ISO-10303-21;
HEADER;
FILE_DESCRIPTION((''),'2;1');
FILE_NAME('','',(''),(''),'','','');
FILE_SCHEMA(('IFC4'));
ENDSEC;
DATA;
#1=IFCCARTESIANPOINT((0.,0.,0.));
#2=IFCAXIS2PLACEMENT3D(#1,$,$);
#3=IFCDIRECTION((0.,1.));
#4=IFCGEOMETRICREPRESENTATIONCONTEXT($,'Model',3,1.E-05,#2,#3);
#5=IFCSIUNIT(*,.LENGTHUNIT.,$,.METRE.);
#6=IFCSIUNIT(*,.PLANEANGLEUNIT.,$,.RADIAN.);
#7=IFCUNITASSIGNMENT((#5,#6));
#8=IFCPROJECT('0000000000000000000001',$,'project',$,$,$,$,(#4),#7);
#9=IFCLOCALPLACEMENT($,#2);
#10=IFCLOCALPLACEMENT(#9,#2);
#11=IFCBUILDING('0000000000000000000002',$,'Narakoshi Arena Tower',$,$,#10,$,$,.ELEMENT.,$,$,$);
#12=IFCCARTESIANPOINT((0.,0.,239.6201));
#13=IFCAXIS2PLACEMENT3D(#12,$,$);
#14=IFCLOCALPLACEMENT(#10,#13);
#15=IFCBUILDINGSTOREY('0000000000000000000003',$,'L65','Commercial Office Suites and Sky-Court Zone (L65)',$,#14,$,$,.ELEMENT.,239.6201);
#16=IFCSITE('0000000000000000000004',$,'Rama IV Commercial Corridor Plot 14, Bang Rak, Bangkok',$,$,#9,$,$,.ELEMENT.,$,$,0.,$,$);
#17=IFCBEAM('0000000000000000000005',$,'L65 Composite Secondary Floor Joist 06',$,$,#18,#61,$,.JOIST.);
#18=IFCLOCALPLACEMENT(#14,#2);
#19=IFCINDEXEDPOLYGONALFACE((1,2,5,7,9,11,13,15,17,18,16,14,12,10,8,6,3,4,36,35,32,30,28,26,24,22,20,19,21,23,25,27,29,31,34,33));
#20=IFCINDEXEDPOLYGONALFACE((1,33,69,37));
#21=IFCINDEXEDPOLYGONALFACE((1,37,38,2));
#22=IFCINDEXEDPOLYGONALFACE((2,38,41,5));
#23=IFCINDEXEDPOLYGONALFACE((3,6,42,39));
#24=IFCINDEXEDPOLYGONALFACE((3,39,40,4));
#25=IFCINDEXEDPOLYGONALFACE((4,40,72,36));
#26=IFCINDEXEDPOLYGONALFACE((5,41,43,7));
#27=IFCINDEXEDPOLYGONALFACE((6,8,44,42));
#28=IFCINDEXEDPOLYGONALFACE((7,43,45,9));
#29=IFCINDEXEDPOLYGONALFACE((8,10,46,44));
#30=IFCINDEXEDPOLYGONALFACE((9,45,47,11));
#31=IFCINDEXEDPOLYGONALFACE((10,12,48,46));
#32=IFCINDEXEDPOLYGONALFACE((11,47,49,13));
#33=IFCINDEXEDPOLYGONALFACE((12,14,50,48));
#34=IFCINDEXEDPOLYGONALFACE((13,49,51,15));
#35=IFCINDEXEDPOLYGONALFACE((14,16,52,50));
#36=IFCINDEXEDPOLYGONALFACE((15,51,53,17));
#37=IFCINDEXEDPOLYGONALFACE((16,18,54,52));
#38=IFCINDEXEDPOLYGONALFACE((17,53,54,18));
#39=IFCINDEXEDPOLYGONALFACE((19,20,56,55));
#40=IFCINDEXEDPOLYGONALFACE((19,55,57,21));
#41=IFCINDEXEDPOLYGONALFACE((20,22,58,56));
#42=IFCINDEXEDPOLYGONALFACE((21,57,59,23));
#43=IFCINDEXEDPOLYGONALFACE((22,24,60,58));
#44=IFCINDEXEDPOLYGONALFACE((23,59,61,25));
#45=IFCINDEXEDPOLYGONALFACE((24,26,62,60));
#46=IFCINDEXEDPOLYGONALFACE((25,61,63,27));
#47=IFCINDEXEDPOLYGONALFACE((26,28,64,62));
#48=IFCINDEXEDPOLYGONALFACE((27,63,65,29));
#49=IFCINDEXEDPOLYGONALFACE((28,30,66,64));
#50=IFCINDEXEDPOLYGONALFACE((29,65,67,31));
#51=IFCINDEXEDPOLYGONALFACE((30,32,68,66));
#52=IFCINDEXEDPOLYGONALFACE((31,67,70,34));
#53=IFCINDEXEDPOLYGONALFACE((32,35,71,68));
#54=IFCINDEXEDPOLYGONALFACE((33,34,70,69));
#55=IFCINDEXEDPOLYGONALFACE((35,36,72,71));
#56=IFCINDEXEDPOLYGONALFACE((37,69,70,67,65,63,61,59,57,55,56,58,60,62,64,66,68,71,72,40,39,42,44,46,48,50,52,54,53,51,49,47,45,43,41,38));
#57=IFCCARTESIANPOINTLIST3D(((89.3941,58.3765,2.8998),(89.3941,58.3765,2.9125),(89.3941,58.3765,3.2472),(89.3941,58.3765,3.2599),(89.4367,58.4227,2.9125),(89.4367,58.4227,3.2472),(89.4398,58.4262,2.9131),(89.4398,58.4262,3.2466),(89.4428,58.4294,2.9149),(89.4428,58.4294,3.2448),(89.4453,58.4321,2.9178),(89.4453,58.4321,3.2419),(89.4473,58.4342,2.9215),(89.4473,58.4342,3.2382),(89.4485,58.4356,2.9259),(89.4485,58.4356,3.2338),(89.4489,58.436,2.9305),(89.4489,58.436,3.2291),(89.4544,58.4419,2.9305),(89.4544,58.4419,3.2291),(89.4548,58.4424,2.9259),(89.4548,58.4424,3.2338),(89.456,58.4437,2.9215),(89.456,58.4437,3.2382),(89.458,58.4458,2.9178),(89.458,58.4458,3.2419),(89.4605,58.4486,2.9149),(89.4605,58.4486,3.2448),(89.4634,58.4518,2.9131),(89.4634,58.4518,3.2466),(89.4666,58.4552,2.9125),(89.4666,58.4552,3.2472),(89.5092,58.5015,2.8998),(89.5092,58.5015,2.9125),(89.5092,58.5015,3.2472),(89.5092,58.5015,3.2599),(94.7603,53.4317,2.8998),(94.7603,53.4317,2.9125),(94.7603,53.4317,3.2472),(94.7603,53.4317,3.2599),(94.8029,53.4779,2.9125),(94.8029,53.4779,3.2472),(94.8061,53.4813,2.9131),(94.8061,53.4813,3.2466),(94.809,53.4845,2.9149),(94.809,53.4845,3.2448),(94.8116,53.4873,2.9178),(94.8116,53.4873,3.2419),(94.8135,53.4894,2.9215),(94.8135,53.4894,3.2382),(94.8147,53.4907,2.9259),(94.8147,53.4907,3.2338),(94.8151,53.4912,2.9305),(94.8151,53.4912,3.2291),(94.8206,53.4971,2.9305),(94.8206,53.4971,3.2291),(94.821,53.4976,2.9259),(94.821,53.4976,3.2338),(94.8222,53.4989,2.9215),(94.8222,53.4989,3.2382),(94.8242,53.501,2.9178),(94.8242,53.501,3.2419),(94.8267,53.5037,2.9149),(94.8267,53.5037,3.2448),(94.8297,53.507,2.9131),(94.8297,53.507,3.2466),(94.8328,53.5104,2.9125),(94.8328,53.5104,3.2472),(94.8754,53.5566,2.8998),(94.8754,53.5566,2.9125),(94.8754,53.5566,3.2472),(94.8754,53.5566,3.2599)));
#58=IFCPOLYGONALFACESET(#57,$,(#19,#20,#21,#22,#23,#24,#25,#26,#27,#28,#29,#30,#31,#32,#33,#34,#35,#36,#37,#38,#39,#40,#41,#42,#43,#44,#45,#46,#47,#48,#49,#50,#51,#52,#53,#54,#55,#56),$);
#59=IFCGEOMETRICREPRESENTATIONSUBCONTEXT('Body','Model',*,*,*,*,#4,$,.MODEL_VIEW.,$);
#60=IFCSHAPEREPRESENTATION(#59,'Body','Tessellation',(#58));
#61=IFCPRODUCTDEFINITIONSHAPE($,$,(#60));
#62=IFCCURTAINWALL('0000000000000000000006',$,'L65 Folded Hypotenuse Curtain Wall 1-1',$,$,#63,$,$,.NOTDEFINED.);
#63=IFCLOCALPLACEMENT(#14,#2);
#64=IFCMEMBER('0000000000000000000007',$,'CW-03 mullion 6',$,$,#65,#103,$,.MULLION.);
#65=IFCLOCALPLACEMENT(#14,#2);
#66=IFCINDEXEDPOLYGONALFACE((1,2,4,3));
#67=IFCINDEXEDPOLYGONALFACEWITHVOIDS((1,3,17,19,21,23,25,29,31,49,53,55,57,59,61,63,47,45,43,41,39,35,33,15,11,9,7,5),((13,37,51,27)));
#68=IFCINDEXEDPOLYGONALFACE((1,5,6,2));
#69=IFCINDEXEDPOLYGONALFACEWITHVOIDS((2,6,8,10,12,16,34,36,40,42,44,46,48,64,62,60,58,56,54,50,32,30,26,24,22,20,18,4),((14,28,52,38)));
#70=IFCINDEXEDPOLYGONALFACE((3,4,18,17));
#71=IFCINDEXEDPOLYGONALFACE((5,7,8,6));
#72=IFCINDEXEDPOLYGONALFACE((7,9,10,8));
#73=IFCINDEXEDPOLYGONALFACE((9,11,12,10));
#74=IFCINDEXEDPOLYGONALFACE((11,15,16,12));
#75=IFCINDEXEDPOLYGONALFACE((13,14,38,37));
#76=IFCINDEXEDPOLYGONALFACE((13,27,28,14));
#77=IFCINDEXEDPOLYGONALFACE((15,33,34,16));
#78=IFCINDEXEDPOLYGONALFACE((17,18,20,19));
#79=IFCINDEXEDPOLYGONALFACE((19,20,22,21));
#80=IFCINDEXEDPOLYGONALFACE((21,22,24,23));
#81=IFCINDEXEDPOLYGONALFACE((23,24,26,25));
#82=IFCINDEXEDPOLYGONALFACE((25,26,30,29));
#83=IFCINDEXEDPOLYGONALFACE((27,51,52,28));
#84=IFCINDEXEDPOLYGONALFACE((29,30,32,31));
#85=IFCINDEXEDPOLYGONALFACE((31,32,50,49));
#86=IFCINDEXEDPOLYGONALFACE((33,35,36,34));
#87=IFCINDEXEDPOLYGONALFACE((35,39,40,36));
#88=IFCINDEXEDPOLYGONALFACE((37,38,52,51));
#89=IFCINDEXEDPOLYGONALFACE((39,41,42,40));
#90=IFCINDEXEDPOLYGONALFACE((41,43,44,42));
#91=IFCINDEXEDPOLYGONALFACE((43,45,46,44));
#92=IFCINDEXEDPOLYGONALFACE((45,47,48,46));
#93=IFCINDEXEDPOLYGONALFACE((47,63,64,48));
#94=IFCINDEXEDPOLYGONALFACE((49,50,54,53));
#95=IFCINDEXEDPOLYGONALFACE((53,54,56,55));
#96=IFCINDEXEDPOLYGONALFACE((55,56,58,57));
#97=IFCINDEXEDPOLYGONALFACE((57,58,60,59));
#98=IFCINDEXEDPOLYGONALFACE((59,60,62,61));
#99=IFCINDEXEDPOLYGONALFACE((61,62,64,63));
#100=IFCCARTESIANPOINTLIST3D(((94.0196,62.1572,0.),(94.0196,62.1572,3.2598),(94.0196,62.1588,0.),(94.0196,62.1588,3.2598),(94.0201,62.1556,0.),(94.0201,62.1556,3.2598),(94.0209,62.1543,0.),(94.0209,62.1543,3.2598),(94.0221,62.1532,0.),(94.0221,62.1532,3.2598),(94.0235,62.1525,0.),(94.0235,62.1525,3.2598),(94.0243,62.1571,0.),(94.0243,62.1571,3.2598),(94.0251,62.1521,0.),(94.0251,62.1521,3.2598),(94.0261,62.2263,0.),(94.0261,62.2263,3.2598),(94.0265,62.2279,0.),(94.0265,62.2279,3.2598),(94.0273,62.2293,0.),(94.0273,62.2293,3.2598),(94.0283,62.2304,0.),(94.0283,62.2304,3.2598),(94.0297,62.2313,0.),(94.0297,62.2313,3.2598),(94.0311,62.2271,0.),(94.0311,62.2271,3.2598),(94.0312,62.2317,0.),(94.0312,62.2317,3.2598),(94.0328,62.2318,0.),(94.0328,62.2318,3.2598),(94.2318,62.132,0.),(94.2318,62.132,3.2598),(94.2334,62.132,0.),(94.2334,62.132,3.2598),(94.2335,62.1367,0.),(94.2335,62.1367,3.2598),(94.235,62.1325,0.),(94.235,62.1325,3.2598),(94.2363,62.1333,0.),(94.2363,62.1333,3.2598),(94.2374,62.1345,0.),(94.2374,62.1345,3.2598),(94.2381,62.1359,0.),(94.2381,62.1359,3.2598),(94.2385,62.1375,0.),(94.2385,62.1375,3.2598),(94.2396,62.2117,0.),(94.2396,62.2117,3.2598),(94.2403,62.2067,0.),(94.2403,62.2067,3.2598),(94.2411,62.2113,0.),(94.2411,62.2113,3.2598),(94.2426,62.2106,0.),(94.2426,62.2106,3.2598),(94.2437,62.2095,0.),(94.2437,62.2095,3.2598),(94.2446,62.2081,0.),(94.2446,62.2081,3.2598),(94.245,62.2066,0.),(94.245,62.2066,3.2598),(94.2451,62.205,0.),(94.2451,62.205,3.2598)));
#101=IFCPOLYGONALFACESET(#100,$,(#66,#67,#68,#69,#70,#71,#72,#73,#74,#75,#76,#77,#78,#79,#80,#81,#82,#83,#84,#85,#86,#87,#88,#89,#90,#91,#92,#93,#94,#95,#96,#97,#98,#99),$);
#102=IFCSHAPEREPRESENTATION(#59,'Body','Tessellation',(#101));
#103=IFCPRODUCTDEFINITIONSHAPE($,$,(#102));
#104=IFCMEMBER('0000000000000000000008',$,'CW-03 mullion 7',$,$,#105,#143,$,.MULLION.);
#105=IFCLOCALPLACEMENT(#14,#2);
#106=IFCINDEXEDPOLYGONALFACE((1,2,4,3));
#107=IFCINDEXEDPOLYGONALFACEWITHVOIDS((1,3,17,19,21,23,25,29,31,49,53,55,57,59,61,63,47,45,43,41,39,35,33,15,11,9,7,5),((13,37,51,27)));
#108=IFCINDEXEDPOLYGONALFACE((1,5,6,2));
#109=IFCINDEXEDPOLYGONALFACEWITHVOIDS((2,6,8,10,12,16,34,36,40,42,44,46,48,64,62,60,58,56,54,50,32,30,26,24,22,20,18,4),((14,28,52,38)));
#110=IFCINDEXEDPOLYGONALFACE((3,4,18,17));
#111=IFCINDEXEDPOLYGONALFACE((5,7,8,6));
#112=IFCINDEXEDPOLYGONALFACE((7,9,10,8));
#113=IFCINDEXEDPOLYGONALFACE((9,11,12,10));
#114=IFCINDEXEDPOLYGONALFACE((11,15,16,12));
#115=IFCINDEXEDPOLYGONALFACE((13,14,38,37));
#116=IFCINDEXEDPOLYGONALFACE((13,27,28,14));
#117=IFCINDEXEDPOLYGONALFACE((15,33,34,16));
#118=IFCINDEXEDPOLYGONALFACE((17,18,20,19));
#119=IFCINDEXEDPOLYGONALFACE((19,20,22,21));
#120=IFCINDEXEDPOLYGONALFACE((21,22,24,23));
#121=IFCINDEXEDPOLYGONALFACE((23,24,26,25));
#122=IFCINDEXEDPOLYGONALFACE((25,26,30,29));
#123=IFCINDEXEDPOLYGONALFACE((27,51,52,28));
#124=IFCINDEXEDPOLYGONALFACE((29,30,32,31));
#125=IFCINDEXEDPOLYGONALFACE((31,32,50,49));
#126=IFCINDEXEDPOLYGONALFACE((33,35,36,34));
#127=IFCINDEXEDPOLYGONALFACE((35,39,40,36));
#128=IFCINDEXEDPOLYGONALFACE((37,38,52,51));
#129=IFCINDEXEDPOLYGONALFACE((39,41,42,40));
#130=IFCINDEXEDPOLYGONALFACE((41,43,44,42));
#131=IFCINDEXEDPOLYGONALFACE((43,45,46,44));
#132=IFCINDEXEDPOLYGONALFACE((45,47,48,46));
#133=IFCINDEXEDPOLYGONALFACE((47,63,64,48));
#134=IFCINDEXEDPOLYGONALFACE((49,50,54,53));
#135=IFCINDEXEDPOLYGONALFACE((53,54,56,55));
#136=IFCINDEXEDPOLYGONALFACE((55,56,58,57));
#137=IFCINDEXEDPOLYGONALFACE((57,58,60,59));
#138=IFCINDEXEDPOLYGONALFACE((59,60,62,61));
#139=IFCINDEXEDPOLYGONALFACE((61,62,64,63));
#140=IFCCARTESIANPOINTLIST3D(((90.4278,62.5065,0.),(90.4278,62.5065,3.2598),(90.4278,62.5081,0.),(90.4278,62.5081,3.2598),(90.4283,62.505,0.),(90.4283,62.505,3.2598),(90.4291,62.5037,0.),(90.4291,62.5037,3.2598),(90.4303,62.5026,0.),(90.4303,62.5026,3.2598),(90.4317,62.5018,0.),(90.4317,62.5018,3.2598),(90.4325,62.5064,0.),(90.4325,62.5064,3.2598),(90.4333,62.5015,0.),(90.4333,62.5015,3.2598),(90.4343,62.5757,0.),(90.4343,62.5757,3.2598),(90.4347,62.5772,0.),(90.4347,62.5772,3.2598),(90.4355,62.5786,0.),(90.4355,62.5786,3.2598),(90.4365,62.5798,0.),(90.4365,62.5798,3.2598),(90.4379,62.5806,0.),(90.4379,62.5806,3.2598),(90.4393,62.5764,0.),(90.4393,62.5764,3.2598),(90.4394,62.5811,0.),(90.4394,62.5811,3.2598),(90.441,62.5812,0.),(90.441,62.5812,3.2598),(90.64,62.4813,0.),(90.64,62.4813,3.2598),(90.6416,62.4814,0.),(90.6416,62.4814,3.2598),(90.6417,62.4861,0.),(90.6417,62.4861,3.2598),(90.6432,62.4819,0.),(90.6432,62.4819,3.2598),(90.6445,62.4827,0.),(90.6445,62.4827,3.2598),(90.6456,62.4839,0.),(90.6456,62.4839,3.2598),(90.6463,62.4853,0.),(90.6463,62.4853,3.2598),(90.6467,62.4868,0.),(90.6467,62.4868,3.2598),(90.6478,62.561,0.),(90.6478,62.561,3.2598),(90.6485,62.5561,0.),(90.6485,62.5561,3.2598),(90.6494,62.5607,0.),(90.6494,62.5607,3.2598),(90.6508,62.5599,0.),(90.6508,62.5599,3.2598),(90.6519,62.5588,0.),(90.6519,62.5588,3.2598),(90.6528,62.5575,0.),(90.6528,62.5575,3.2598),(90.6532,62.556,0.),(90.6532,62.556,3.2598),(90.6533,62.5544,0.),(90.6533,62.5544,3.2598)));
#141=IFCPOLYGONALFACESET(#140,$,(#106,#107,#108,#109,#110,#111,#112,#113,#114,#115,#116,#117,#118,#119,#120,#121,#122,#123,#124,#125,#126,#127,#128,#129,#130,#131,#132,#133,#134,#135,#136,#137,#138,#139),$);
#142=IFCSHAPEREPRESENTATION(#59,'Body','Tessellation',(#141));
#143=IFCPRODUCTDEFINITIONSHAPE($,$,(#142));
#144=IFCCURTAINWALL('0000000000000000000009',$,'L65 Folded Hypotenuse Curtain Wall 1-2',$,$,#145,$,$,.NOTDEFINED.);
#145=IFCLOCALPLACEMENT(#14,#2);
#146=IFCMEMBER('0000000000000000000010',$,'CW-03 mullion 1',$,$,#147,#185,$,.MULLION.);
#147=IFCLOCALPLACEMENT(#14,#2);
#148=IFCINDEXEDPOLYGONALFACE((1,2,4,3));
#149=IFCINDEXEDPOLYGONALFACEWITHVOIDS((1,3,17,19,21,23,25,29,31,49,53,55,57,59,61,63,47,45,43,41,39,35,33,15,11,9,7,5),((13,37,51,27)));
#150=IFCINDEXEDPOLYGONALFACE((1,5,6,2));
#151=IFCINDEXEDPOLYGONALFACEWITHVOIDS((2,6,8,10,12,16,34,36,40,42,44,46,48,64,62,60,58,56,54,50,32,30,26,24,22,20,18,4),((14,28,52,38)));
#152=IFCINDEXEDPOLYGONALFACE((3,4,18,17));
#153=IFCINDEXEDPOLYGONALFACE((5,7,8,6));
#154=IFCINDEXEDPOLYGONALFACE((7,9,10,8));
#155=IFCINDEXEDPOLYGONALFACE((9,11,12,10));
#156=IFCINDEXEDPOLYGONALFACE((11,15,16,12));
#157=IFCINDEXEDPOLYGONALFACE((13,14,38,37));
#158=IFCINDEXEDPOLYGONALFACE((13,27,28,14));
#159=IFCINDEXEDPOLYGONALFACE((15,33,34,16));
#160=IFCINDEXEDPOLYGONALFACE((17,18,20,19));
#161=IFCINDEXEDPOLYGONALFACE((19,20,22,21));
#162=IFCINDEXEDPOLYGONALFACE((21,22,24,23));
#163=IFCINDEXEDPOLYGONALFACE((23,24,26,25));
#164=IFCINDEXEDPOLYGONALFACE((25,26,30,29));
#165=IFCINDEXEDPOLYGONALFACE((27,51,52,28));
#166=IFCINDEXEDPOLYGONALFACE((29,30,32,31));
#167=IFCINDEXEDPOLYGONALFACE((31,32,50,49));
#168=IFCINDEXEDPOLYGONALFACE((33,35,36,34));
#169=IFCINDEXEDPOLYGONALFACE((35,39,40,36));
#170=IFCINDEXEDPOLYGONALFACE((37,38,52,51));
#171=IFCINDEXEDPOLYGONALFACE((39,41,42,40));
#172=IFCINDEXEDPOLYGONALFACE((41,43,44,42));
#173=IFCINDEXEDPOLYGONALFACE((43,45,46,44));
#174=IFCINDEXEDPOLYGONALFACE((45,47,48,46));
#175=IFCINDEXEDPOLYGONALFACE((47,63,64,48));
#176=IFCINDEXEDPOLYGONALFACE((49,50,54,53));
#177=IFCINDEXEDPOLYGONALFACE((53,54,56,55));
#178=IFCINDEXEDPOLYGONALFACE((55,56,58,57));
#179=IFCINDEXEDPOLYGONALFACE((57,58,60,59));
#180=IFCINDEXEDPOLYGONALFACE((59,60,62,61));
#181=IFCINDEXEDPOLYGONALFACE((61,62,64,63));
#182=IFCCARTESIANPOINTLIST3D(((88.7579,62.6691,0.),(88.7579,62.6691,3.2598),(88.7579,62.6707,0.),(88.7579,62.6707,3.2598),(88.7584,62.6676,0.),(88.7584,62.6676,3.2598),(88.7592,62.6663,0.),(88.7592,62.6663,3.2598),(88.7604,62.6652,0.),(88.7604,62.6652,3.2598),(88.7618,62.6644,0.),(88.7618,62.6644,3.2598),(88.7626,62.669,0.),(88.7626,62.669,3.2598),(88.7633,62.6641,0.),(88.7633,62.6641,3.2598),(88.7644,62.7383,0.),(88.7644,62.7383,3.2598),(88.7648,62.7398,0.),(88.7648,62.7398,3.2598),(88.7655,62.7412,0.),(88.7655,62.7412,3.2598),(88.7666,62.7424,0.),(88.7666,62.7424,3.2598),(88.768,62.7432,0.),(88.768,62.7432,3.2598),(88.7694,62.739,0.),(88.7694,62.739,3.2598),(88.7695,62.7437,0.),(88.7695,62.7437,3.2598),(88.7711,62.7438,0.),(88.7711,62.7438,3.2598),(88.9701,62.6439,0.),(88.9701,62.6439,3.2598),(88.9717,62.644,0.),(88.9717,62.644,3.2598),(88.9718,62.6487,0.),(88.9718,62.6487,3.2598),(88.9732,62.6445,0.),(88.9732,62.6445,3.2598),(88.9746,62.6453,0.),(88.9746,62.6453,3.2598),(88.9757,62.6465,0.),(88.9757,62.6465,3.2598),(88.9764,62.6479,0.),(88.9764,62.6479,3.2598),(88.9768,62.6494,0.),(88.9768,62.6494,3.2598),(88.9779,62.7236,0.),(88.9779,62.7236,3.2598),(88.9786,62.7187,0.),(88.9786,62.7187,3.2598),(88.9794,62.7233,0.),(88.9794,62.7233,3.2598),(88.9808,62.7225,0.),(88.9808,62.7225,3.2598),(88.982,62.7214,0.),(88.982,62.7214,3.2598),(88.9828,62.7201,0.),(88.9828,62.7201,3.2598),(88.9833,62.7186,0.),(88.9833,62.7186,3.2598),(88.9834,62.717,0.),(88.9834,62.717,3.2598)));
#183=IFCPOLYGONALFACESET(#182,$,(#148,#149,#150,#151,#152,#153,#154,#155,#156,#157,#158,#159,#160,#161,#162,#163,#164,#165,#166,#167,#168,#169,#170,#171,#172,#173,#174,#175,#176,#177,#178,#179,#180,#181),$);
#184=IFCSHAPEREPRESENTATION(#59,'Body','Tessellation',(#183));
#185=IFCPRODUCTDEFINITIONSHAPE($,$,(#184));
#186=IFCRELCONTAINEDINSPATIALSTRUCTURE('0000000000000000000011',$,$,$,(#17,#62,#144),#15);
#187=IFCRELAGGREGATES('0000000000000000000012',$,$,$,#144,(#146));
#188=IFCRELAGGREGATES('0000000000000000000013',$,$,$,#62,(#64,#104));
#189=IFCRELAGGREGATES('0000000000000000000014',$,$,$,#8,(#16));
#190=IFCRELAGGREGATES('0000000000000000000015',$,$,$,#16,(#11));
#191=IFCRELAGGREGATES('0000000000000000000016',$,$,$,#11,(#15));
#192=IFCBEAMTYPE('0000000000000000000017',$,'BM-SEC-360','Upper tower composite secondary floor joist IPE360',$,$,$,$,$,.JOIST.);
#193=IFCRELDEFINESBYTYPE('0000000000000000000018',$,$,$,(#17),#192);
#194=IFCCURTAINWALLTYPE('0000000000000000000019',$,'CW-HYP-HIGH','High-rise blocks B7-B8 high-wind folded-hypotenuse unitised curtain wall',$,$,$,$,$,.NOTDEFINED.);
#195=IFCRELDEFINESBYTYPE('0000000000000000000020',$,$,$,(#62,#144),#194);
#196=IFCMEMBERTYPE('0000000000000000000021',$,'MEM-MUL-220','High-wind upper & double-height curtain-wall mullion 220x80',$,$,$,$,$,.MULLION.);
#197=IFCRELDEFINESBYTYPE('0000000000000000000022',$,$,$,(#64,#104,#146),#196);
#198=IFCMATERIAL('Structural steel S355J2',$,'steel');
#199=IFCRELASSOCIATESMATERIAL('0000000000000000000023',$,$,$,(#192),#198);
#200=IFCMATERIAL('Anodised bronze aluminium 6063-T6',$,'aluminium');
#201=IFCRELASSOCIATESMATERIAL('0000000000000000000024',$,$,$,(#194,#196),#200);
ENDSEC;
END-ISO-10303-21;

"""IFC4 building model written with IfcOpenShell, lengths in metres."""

from ifc_helpers import new_model, si_unit, direction, frame, origin, origin_2d, place, context, subcontext, project, spatial, hollow_rectangle, i_section, extrude, material, material_profile, profile_set, type_object, element, aggregate, save


model = new_model("IFC4")

# Units and contexts
model_context = context("Model", 3, precision=1e-05, world=origin(), true_north=direction((0.0, 1.0)))
body_context = subcontext(model_context, "Body", "Model", "MODEL_VIEW")
ifc_project = project(units=[si_unit("LENGTHUNIT", "METRE"), si_unit("PLANEANGLEUNIT", "RADIAN")], contexts=[model_context])

# Site, building, storey
site_placement = place(None, origin())
site = spatial("IfcSite", under=ifc_project, at=site_placement, Name="Rama IV Commercial Corridor Plot 14, Bang Rak, Bangkok", CompositionType="ELEMENT", RefElevation=0.0)
building_placement = place(site_placement, origin())
building = spatial("IfcBuilding", under=site, at=building_placement, Name="Narakoshi Arena Tower", CompositionType="ELEMENT")
storey_placement = place(building_placement, frame((0.0, 0.0, 239.6201)))
storey = spatial("IfcBuildingStorey", under=building, at=storey_placement, Name="L65", Description="Commercial Office Suites and Sky-Court Zone (L65)", CompositionType="ELEMENT", Elevation=239.6201)

# Beam
ifc_material_1 = material(Name="Structural steel S355J2", Category="steel")
ifc_material_profile_1 = material_profile(ifc_material_1, i_section(OverallWidth=0.1699, OverallDepth=0.3601, WebThickness=0.0081, FlangeThickness=0.0127, FilletRadius=0.0181, at=origin_2d()), Name="IPE360")
ifc_profile_set_1 = profile_set([ifc_material_profile_1], Name="Structural steel S355J2")
beam_type_1 = type_object("IfcBeamType", Name="BM-SEC-360", Description="Upper tower composite secondary floor joist IPE360", PredefinedType="JOIST", material=ifc_profile_set_1)
beam_1_placement = place(storey_placement, frame((94.8179, 53.4941, 3.0798), z_axis=(-0.735391, 0.677643, 0.0), x_axis=(-0.677643, -0.735391, 0.0)))
element("IfcBeam", 1, at=beam_1_placement, inside=storey, type_object=beam_type_1, Name="L65 Composite Secondary Floor Joist 06", PredefinedType="JOIST", context=body_context, shape_type="SweptSolid", body=[
    extrude(i_section(OverallWidth=0.1699, OverallDepth=0.3601, WebThickness=0.0081, FlangeThickness=0.0127, FilletRadius=0.0181, at=origin_2d()), origin(), (0.0, 0.0, 1.0), 7.2971),
])

# Curtain wall, members
ifc_material_2 = material(Name="Anodised bronze aluminium 6063-T6", Category="aluminium")
curtain_wall_type = type_object("IfcCurtainWallType", Name="CW-HYP-HIGH", Description="High-rise blocks B7-B8 high-wind folded-hypotenuse unitised curtain wall", PredefinedType="NOTDEFINED", material=ifc_material_2)
curtain_wall_1_placement = place(storey_placement, origin())
curtain_wall_1 = element("IfcCurtainWall", 2, at=curtain_wall_1_placement, inside=storey, type_object=curtain_wall_type, Name="L65 Folded Hypotenuse Curtain Wall 1-1", PredefinedType="NOTDEFINED")
ifc_material_profile_2 = material_profile(ifc_material_2, hollow_rectangle(XDim=0.0801, YDim=0.22, WallThickness=0.0049, OuterFilletRadius=0.0061, at=origin_2d()), Name="MUL220x80x5")
ifc_profile_set_2 = profile_set([ifc_material_profile_2], Name="Anodised bronze aluminium 6063-T6")
member_type_1 = type_object("IfcMemberType", Name="MEM-MUL-220", Description="High-wind upper & double-height curtain-wall mullion 220x80", PredefinedType="MULLION", material=ifc_profile_set_2)
member_1_placement = place(storey_placement, frame((94.1323, 62.1819, 0.0), z_axis=(0.0, 0.0, 1.0), x_axis=(-0.096851, -0.995299, 0.0)))
member_1 = element("IfcMember", 3, at=member_1_placement, type_object=member_type_1, Name="CW-03 mullion 6", PredefinedType="MULLION", context=body_context, shape_type="SweptSolid", body=[
    extrude(hollow_rectangle(XDim=0.0801, YDim=0.22, WallThickness=0.0049, OuterFilletRadius=0.0061, at=origin_2d()), origin(), (0.0, 0.0, 1.0), 3.2598),
])
member_2_placement = place(storey_placement, frame((90.5405, 62.5312, 0.0), z_axis=(0.0, 0.0, 1.0), x_axis=(-0.096851, -0.995299, 0.0)))
member_2 = element("IfcMember", 4, at=member_2_placement, type_object=member_type_1, Name="CW-03 mullion 7", PredefinedType="MULLION", context=body_context, shape_type="SweptSolid", body=[
    extrude(hollow_rectangle(XDim=0.0801, YDim=0.22, WallThickness=0.0049, OuterFilletRadius=0.0061, at=origin_2d()), origin(), (0.0, 0.0, 1.0), 3.2598),
])

# Curtain wall, member
curtain_wall_2_placement = place(storey_placement, origin())
curtain_wall_2 = element("IfcCurtainWall", 5, at=curtain_wall_2_placement, inside=storey, type_object=curtain_wall_type, Name="L65 Folded Hypotenuse Curtain Wall 1-2", PredefinedType="NOTDEFINED")
member_3_placement = place(storey_placement, frame((88.8706, 62.6938, 0.0), z_axis=(0.0, 0.0, 1.0), x_axis=(-0.096843, -0.9953, 0.0)))
member_3 = element("IfcMember", 6, at=member_3_placement, type_object=member_type_1, Name="CW-03 mullion 1", PredefinedType="MULLION", context=body_context, shape_type="SweptSolid", body=[
    extrude(hollow_rectangle(XDim=0.0801, YDim=0.22, WallThickness=0.0049, OuterFilletRadius=0.0061, at=origin_2d()), origin(), (0.0, 0.0, 1.0), 3.2598),
])

aggregate(curtain_wall_2, [member_3])

aggregate(curtain_wall_1, [member_1, member_2])

save(model, "model.ifc")
